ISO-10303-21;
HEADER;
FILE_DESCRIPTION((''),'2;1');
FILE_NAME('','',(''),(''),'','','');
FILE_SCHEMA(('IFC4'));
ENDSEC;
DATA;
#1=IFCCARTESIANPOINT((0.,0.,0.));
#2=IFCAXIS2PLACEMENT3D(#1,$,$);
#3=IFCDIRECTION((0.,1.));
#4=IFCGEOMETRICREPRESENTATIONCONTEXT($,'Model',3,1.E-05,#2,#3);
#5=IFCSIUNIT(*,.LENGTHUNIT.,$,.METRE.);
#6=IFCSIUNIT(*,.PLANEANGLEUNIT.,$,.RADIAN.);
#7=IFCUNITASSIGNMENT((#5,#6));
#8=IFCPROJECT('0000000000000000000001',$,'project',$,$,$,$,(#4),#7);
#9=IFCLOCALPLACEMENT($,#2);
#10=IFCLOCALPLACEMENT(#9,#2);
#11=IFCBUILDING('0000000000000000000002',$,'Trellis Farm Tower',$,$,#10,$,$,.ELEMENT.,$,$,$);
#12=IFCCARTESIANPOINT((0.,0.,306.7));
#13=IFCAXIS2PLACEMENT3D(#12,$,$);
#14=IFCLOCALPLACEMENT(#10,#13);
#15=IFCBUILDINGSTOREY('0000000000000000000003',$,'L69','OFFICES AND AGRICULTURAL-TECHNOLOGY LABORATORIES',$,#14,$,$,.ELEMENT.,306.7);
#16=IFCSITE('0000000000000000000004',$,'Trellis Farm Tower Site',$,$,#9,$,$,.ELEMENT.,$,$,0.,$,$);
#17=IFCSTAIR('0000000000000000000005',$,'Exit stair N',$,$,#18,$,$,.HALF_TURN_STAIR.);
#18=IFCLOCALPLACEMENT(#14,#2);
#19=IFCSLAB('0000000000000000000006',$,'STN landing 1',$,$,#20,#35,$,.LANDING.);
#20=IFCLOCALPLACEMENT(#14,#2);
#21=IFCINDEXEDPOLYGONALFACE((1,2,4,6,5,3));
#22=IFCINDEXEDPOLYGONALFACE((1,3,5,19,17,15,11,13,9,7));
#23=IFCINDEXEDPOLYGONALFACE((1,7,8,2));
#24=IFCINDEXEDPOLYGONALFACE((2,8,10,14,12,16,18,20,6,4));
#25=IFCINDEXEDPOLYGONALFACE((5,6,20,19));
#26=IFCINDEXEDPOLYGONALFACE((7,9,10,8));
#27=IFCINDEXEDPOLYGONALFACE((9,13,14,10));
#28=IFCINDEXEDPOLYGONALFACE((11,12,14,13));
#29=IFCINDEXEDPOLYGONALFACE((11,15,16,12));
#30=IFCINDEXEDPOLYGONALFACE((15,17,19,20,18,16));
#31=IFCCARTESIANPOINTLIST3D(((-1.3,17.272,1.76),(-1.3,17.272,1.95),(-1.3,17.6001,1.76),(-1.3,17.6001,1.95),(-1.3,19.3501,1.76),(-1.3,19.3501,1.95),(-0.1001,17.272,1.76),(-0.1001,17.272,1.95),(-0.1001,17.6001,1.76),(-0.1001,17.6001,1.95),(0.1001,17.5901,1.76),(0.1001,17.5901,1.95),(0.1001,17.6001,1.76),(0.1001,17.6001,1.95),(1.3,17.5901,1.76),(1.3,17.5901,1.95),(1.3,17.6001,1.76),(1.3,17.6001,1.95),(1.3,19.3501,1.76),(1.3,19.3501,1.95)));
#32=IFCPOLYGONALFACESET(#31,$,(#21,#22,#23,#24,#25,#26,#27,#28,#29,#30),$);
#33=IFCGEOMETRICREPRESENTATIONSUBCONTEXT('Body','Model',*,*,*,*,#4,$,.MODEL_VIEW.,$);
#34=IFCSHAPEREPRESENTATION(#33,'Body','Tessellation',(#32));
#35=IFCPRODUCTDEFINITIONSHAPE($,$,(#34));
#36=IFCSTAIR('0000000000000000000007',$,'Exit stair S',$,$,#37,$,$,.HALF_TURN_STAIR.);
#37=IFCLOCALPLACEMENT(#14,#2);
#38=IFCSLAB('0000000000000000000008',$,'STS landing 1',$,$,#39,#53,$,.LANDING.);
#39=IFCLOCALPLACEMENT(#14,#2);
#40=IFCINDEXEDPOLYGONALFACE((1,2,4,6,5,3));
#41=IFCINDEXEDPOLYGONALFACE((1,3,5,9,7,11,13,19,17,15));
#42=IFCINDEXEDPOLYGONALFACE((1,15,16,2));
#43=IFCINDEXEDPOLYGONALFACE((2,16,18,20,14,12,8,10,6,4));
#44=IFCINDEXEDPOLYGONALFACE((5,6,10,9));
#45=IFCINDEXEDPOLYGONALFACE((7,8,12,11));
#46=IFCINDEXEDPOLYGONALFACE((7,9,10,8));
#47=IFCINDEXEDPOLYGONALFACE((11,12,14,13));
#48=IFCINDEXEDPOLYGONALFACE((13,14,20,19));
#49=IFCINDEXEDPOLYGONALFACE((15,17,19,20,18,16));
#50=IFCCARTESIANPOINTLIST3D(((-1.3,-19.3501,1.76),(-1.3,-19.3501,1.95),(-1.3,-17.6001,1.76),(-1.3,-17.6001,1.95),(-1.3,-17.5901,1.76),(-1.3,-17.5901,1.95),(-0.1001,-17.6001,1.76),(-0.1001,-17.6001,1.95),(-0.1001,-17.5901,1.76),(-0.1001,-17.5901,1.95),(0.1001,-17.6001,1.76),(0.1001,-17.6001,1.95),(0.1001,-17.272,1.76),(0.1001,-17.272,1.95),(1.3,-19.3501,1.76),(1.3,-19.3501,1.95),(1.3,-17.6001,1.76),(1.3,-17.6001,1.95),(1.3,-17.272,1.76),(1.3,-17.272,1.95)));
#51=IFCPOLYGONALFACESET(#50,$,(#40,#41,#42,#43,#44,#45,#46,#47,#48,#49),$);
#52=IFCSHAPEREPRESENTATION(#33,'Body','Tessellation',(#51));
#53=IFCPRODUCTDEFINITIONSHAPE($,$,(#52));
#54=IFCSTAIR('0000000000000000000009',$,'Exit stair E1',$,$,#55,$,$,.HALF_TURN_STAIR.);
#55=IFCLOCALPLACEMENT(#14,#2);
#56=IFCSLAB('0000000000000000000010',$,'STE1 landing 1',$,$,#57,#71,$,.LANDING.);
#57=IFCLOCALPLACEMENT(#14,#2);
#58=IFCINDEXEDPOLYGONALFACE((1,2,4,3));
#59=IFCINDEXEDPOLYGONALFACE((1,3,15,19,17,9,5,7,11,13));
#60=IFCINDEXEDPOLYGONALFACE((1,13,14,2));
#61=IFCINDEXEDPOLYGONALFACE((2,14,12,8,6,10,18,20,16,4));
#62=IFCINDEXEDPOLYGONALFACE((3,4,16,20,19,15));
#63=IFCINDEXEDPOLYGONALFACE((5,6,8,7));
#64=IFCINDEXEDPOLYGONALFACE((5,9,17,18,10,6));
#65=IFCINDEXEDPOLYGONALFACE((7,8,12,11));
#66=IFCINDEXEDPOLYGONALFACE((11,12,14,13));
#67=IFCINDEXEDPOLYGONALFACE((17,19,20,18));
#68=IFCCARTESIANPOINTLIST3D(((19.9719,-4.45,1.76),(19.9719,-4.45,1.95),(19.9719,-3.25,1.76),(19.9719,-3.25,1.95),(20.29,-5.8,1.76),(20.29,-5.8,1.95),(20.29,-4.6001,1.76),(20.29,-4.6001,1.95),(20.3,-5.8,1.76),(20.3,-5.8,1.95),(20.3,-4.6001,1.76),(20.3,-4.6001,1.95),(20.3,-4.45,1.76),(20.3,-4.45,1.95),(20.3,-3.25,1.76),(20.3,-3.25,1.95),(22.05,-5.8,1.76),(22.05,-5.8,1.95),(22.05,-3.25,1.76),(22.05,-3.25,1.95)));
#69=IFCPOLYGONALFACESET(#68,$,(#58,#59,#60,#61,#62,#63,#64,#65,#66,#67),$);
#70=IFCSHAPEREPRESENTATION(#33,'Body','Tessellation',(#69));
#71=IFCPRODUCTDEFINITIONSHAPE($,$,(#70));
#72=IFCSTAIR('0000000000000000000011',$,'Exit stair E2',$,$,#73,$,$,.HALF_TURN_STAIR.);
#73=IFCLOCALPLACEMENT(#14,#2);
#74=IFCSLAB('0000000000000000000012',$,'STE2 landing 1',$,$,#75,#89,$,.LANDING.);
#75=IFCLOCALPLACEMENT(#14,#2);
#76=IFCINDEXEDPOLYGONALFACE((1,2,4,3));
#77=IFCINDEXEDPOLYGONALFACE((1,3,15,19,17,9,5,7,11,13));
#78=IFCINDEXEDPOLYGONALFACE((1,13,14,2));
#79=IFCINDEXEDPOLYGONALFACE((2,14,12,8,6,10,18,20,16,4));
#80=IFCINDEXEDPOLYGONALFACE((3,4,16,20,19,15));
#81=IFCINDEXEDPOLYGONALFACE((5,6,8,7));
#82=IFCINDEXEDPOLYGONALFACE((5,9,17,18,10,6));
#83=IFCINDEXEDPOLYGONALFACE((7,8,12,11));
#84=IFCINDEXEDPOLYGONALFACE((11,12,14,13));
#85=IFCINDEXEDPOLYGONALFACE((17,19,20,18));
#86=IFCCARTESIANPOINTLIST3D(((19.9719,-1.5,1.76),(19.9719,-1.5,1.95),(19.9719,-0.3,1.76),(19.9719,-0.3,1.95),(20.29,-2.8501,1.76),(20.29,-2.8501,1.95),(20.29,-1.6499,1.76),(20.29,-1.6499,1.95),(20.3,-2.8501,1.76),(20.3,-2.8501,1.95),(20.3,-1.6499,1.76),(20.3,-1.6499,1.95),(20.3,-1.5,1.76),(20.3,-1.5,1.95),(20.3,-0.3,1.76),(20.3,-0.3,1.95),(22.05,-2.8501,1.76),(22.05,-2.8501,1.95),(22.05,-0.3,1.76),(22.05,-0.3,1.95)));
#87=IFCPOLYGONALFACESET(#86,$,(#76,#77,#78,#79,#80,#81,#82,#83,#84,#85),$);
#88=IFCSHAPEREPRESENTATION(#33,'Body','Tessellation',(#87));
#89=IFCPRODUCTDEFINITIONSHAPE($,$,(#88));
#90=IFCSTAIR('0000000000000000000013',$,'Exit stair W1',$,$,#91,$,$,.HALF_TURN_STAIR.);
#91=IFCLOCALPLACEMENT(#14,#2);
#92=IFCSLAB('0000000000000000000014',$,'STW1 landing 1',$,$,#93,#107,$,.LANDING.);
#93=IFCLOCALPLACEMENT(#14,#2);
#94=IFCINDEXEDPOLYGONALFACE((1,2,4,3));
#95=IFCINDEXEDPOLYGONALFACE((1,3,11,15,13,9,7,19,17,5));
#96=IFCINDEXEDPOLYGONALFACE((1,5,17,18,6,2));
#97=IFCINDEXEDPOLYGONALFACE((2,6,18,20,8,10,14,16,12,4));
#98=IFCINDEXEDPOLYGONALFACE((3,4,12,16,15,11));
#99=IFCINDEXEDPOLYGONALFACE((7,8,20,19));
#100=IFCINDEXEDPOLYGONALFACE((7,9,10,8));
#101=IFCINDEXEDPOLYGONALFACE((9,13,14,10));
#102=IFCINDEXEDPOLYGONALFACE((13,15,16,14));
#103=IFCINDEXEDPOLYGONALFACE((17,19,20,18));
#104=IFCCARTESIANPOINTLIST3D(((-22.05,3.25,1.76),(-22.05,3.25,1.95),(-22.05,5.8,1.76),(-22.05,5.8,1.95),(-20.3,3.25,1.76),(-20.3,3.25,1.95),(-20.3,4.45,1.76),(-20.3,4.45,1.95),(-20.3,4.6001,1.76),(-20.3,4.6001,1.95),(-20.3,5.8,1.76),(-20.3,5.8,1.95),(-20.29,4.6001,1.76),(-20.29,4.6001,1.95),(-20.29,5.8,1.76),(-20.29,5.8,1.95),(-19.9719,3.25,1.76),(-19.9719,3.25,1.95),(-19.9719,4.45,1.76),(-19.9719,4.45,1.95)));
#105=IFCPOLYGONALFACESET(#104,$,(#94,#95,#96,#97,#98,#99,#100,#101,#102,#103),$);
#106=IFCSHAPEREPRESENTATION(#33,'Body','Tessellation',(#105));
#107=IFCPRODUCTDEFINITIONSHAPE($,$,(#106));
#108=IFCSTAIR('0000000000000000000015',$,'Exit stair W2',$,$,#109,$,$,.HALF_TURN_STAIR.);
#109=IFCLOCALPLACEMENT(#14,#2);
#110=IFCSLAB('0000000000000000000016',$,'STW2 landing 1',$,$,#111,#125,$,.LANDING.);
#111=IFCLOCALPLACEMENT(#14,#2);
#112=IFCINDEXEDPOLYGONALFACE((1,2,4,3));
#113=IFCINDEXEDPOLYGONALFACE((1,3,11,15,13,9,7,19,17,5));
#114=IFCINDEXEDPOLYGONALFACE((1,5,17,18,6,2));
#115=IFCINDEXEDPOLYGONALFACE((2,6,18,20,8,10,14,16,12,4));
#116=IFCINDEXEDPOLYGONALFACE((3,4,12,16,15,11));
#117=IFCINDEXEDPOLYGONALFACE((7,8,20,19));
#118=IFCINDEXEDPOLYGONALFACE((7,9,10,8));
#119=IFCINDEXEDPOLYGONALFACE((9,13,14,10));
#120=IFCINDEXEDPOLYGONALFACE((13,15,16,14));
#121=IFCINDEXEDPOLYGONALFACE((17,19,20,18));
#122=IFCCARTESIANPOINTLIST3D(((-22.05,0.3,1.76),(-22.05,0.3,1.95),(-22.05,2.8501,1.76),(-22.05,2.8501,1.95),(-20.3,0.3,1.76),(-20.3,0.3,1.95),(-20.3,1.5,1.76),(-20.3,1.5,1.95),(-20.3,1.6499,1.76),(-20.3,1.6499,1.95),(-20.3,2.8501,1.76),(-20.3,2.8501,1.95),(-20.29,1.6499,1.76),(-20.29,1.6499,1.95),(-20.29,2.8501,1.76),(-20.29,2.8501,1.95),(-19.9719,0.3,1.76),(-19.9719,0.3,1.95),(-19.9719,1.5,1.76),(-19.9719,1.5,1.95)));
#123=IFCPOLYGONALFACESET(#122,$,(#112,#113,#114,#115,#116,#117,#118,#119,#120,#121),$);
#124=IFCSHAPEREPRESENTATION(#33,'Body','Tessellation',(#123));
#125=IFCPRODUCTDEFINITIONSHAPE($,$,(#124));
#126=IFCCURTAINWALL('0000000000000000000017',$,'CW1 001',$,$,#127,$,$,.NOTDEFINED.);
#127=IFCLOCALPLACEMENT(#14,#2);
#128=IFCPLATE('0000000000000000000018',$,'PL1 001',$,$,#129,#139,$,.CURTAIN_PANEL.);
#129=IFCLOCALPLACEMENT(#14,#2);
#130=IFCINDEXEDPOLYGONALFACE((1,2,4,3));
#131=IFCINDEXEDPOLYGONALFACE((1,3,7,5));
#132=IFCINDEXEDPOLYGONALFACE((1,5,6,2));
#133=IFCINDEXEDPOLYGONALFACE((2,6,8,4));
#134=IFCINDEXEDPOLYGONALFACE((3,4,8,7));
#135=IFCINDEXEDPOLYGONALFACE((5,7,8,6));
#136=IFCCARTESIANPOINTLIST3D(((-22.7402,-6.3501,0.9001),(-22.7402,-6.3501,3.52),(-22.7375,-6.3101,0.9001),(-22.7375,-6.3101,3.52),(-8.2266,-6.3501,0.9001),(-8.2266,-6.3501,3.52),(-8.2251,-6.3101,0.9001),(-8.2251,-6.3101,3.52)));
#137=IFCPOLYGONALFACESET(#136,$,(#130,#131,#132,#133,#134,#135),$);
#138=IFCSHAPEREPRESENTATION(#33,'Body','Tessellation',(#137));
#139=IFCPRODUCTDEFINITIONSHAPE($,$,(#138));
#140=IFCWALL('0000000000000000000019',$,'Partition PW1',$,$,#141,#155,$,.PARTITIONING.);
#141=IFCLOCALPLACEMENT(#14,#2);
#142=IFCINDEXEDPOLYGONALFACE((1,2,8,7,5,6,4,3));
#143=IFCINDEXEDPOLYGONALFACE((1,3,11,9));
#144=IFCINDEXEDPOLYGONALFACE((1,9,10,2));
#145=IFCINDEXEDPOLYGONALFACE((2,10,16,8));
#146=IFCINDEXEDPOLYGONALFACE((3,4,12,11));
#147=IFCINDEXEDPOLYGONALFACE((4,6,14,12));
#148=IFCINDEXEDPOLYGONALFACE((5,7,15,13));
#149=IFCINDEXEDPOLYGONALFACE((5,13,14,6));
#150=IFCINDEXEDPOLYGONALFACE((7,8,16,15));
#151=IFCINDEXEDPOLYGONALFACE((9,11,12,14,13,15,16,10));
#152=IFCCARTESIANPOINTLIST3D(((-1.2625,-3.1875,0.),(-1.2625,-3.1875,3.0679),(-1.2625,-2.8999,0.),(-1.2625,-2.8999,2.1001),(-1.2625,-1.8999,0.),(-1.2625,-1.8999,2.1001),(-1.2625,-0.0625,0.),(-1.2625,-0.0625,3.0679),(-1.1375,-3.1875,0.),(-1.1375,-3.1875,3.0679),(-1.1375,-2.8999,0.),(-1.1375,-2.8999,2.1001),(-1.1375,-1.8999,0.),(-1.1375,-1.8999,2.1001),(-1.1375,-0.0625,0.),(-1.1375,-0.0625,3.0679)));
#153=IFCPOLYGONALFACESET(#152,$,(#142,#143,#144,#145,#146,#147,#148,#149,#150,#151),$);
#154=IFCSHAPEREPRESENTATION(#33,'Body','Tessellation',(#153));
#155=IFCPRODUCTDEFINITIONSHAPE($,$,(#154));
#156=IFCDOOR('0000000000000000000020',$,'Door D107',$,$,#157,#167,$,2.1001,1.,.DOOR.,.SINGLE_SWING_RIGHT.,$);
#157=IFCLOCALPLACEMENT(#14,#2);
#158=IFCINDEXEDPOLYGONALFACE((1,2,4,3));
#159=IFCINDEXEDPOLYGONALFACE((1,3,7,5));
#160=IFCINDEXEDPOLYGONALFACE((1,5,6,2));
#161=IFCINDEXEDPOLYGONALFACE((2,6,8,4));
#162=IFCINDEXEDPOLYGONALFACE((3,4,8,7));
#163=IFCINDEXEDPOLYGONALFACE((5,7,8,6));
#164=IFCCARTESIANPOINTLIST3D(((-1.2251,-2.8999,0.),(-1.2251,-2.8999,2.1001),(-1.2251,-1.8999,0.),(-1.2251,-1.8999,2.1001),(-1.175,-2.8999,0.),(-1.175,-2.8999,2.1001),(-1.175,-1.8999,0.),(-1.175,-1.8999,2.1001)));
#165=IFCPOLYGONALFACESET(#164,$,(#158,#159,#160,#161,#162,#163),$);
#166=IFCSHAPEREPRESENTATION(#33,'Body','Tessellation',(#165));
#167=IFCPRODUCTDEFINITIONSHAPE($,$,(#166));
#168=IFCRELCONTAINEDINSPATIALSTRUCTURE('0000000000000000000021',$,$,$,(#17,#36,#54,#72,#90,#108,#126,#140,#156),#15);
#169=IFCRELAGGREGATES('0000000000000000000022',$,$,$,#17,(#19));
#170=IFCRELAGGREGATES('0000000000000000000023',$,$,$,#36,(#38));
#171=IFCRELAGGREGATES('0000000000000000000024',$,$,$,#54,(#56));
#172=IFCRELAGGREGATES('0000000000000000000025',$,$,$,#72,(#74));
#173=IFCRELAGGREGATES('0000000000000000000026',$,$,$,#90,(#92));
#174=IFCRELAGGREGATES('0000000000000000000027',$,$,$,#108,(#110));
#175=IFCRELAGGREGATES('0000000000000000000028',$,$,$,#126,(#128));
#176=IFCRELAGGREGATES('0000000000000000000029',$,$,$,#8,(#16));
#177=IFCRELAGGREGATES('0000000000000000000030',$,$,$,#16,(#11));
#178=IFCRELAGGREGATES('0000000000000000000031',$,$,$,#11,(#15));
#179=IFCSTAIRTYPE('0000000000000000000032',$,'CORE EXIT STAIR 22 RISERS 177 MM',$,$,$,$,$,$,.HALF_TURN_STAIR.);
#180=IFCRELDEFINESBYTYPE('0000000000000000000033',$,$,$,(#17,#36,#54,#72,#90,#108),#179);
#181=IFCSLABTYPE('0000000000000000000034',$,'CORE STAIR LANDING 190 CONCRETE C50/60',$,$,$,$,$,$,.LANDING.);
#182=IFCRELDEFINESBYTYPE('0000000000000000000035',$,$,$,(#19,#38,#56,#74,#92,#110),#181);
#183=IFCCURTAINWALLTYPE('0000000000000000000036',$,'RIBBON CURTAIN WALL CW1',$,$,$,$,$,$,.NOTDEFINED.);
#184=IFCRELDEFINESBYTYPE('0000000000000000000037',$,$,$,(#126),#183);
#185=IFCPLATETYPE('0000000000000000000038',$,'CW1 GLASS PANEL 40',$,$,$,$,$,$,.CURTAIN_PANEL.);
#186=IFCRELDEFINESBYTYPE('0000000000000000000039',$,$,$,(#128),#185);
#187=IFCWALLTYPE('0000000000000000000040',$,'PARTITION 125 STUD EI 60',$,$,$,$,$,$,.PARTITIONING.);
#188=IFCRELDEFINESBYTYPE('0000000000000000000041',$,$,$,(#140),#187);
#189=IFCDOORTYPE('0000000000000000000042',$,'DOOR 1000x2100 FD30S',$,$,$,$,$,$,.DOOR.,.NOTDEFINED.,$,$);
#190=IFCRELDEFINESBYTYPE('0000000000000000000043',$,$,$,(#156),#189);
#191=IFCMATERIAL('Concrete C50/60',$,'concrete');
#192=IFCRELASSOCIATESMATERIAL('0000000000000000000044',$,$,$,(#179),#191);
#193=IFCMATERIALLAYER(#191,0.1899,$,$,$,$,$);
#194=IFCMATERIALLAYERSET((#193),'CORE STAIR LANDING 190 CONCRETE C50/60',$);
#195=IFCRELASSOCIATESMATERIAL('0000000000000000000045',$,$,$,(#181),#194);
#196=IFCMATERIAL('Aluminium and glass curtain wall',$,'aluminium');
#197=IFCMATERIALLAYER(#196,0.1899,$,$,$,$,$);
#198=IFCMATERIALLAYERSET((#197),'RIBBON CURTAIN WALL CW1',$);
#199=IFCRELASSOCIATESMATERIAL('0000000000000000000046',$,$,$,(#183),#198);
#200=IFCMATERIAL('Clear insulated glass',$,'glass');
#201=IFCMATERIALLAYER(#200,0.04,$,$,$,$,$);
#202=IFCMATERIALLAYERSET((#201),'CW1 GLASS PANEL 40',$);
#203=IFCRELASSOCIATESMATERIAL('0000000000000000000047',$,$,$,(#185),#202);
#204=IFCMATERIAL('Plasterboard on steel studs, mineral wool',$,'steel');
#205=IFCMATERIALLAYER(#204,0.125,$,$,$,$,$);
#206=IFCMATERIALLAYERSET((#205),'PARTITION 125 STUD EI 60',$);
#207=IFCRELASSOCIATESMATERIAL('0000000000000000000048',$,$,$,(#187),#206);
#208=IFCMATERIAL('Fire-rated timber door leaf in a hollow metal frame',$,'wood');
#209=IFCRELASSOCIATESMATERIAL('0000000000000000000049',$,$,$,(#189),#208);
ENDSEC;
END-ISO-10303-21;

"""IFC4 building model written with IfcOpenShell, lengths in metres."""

from ifc_helpers import new_model, si_unit, direction, frame, frame_2d, origin, place, context, subcontext, project, spatial, polyline, rectangle, outline, extrude, source, transform, mapped, material, layer, layer_set, type_object, element, fill, aggregate, save


model = new_model("IFC4")

# Units and contexts
model_context = context("Model", 3, precision=1e-05, world=origin(), true_north=direction((0.0, 1.0)))
body_context = subcontext(model_context, "Body", "Model", "MODEL_VIEW")
ifc_project = project(units=[si_unit("LENGTHUNIT", "METRE"), si_unit("PLANEANGLEUNIT", "RADIAN")], contexts=[model_context])

# Site, building, storey
site_placement = place(None, origin())
site = spatial("IfcSite", under=ifc_project, at=site_placement, Name="Trellis Farm Tower Site", CompositionType="ELEMENT", RefElevation=0.0)
building_placement = place(site_placement, origin())
building = spatial("IfcBuilding", under=site, at=building_placement, Name="Trellis Farm Tower", CompositionType="ELEMENT")
storey_placement = place(building_placement, frame((0.0, 0.0, 306.7)))
storey = spatial("IfcBuildingStorey", under=building, at=storey_placement, Name="L69", Description="OFFICES AND AGRICULTURAL-TECHNOLOGY LABORATORIES", CompositionType="ELEMENT", Elevation=306.7)

# Stairs, slabs
ifc_material_1 = material(Name="Concrete C50/60", Category="concrete")
stair_type = type_object("IfcStairType", Name="CORE EXIT STAIR 22 RISERS 177 MM", PredefinedType="HALF_TURN_STAIR", material=ifc_material_1)
placement_1 = place(storey_placement, origin())
stair_1 = element("IfcStair", 1, at=placement_1, inside=storey, type_object=stair_type, Name="Exit stair N", PredefinedType="HALF_TURN_STAIR")
ifc_layer_1 = layer(ifc_material_1, 0.1899)
ifc_layer_set_1 = layer_set([ifc_layer_1], Name="CORE STAIR LANDING 190 CONCRETE C50/60")
slab_type_1 = type_object("IfcSlabType", Name="CORE STAIR LANDING 190 CONCRETE C50/60", PredefinedType="LANDING", material=ifc_layer_set_1)
shared_shape_1 = source(origin(), body_context, "Body", "SweptSolid", [
    extrude(outline(polyline([(-0.1001, 17.272), (-1.3, 17.272), (-1.3, 17.6001), (-1.3, 19.3501), (1.3, 19.3501), (1.3, 17.6001), (1.3, 17.5901), (0.1001, 17.5901), (0.1001, 17.6001), (-0.1001, 17.6001), (-0.1001, 17.272)])), origin(), (0.0, 0.0, 1.0), 0.1899),
])
placement_2 = place(storey_placement, frame((0.0, 0.0, 1.76)))
slab_1 = element("IfcSlab", 2, at=placement_2, type_object=slab_type_1, Name="STN landing 1", PredefinedType="LANDING", context=body_context, shape_type="MappedRepresentation", body=[
    mapped(shared_shape_1, transform((0.0, 0.0, 0.0))),
])
aggregate(stair_1, [slab_1])
stair_2 = element("IfcStair", 3, at=placement_1, inside=storey, type_object=stair_type, Name="Exit stair S", PredefinedType="HALF_TURN_STAIR")
shared_shape_2 = source(origin(), body_context, "Body", "SweptSolid", [
    extrude(outline(polyline([(1.3, -19.3501), (-1.3, -19.3501), (-1.3, -17.6001), (-1.3, -17.5901), (-0.1001, -17.5901), (-0.1001, -17.6001), (0.1001, -17.6001), (0.1001, -17.272), (1.3, -17.272), (1.3, -17.6001), (1.3, -19.3501)])), origin(), (0.0, 0.0, 1.0), 0.1899),
])
slab_2 = element("IfcSlab", 4, at=placement_2, type_object=slab_type_1, Name="STS landing 1", PredefinedType="LANDING", context=body_context, shape_type="MappedRepresentation", body=[
    mapped(shared_shape_2, transform((0.0, 0.0, 0.0))),
])
aggregate(stair_2, [slab_2])
stair_3 = element("IfcStair", 5, at=placement_1, inside=storey, type_object=stair_type, Name="Exit stair E1", PredefinedType="HALF_TURN_STAIR")
shared_shape_3 = source(origin(), body_context, "Body", "SweptSolid", [
    extrude(outline(polyline([(20.29, -5.8), (20.29, -4.6001), (20.3, -4.6001), (20.3, -4.45), (19.9719, -4.45), (19.9719, -3.25), (20.3, -3.25), (22.05, -3.25), (22.05, -5.8), (20.3, -5.8), (20.29, -5.8)])), origin(), (0.0, 0.0, 1.0), 0.1899),
])
slab_3 = element("IfcSlab", 6, at=placement_2, type_object=slab_type_1, Name="STE1 landing 1", PredefinedType="LANDING", context=body_context, shape_type="MappedRepresentation", body=[
    mapped(shared_shape_3, transform((0.0, 0.0, 0.0))),
])
aggregate(stair_3, [slab_3])
stair_4 = element("IfcStair", 7, at=placement_1, inside=storey, type_object=stair_type, Name="Exit stair E2", PredefinedType="HALF_TURN_STAIR")
shared_shape_4 = source(origin(), body_context, "Body", "SweptSolid", [
    extrude(outline(polyline([(20.29, -2.8501), (20.29, -1.6499), (20.3, -1.6499), (20.3, -1.5), (19.9719, -1.5), (19.9719, -0.3), (20.3, -0.3), (22.05, -0.3), (22.05, -2.8501), (20.3, -2.8501), (20.29, -2.8501)])), origin(), (0.0, 0.0, 1.0), 0.1899),
])
slab_4 = element("IfcSlab", 8, at=placement_2, type_object=slab_type_1, Name="STE2 landing 1", PredefinedType="LANDING", context=body_context, shape_type="MappedRepresentation", body=[
    mapped(shared_shape_4, transform((0.0, 0.0, 0.0))),
])
aggregate(stair_4, [slab_4])
stair_5 = element("IfcStair", 9, at=placement_1, inside=storey, type_object=stair_type, Name="Exit stair W1", PredefinedType="HALF_TURN_STAIR")
shared_shape_5 = source(origin(), body_context, "Body", "SweptSolid", [
    extrude(outline(polyline([(-19.9719, 4.45), (-19.9719, 3.25), (-20.3, 3.25), (-22.05, 3.25), (-22.05, 5.8), (-20.3, 5.8), (-20.29, 5.8), (-20.29, 4.6001), (-20.3, 4.6001), (-20.3, 4.45), (-19.9719, 4.45)])), origin(), (0.0, 0.0, 1.0), 0.1899),
])
slab_5 = element("IfcSlab", 10, at=placement_2, type_object=slab_type_1, Name="STW1 landing 1", PredefinedType="LANDING", context=body_context, shape_type="MappedRepresentation", body=[
    mapped(shared_shape_5, transform((0.0, 0.0, 0.0))),
])
aggregate(stair_5, [slab_5])
stair_6 = element("IfcStair", 11, at=placement_1, inside=storey, type_object=stair_type, Name="Exit stair W2", PredefinedType="HALF_TURN_STAIR")
shared_shape_6 = source(origin(), body_context, "Body", "SweptSolid", [
    extrude(outline(polyline([(-19.9719, 1.5), (-19.9719, 0.3), (-20.3, 0.3), (-22.05, 0.3), (-22.05, 2.8501), (-20.3, 2.8501), (-20.29, 2.8501), (-20.29, 1.6499), (-20.3, 1.6499), (-20.3, 1.5), (-19.9719, 1.5)])), origin(), (0.0, 0.0, 1.0), 0.1899),
])
slab_6 = element("IfcSlab", 12, at=placement_2, type_object=slab_type_1, Name="STW2 landing 1", PredefinedType="LANDING", context=body_context, shape_type="MappedRepresentation", body=[
    mapped(shared_shape_6, transform((0.0, 0.0, 0.0))),
])
aggregate(stair_6, [slab_6])

# Curtain wall, plate
ifc_material_2 = material(Name="Aluminium and glass curtain wall", Category="aluminium")
ifc_layer_2 = layer(ifc_material_2, 0.1899)
ifc_layer_set_2 = layer_set([ifc_layer_2], Name="RIBBON CURTAIN WALL CW1")
curtain_wall_type = type_object("IfcCurtainWallType", Name="RIBBON CURTAIN WALL CW1", PredefinedType="NOTDEFINED", material=ifc_layer_set_2)
curtain_wall = element("IfcCurtainWall", 13, at=placement_1, inside=storey, type_object=curtain_wall_type, Name="CW1 001", PredefinedType="NOTDEFINED")
ifc_material_3 = material(Name="Clear insulated glass", Category="glass")
ifc_layer_3 = layer(ifc_material_3, 0.04)
ifc_layer_set_3 = layer_set([ifc_layer_3], Name="CW1 GLASS PANEL 40")
plate_type = type_object("IfcPlateType", Name="CW1 GLASS PANEL 40", PredefinedType="CURTAIN_PANEL", material=ifc_layer_set_3)
shared_shape_7 = source(origin(), body_context, "Body", "SweptSolid", [
    extrude(outline(polyline([(-22.7402, -6.3501), (-8.2266, -6.3501), (-8.2251, -6.3101), (-22.7375, -6.3101), (-22.7402, -6.3501)])), origin(), (0.0, 0.0, 1.0), 2.6199),
])
plate_placement = place(storey_placement, frame((0.0, 0.0, 0.9001)))
plate = element("IfcPlate", 14, at=plate_placement, type_object=plate_type, Name="PL1 001", PredefinedType="CURTAIN_PANEL", context=body_context, shape_type="MappedRepresentation", body=[
    mapped(shared_shape_7, transform((0.0, 0.0, 0.0))),
])
aggregate(curtain_wall, [plate])

# Wall, opening, door
ifc_material_4 = material(Name="Plasterboard on steel studs, mineral wool", Category="steel")
ifc_layer_4 = layer(ifc_material_4, 0.125)
ifc_layer_set_4 = layer_set([ifc_layer_4], Name="PARTITION 125 STUD EI 60")
wall_type_1 = type_object("IfcWallType", Name="PARTITION 125 STUD EI 60", PredefinedType="PARTITIONING", material=ifc_layer_set_4)
shared_shape_8 = source(origin(), body_context, "Body", "SweptSolid", [
    extrude(rectangle(XDim=3.125, YDim=0.125, at=frame_2d((1.5625, 0.0))), origin(), (0.0, 0.0, 1.0), 3.0679),
])
wall_1_placement = place(storey_placement, frame((-1.2, -0.0625, 0.0), z_axis=(0.0, 0.0, 1.0), x_axis=(0.0, -1.0, 0.0)))
wall_1 = element("IfcWall", 15, at=wall_1_placement, inside=storey, type_object=wall_type_1, Name="Partition PW1", PredefinedType="PARTITIONING", context=body_context, shape_type="MappedRepresentation", body=[
    mapped(shared_shape_8, transform((0.0, 0.0, 0.0))),
])
shared_shape_9 = source(origin(), body_context, "Body", "SweptSolid", [
    extrude(rectangle(XDim=1.0, YDim=2.1001, at=frame_2d((0.5, 1.05))), frame((0.0, 0.0725, 0.0), z_axis=(0.0, -1.0, 0.0), x_axis=(1.0, 0.0, 0.0)), (0.0, 0.0, 1.0), 0.145),
])
opening_1_placement = place(wall_1_placement, frame((1.8374, 0.0, 0.0)))
opening_1 = element("IfcOpeningElement", 16, at=opening_1_placement, cuts=wall_1, PredefinedType="OPENING", context=body_context, shape_type="MappedRepresentation", body=[
    mapped(shared_shape_9, transform((0.0, 0.0, 0.0))),
])
ifc_material_5 = material(Name="Fire-rated timber door leaf in a hollow metal frame", Category="wood")
door_type = type_object("IfcDoorType", Name="DOOR 1000x2100 FD30S", OperationType="NOTDEFINED", PredefinedType="DOOR", material=ifc_material_5)
shared_shape_10 = source(origin(), body_context, "Body", "SweptSolid", [
    extrude(rectangle(XDim=1.0, YDim=2.1001, at=frame_2d((0.5, 1.05))), frame((0.0, 0.0249, 0.0), z_axis=(0.0, -1.0, 0.0), x_axis=(1.0, 0.0, 0.0)), (0.0, 0.0, 1.0), 0.05),
])
door_1_placement = place(opening_1_placement, origin())
door_1 = element("IfcDoor", 17, at=door_1_placement, inside=storey, type_object=door_type, Name="Door D107", OperationType="SINGLE_SWING_RIGHT", OverallHeight=2.1001, OverallWidth=1.0, PredefinedType="DOOR", context=body_context, shape_type="MappedRepresentation", body=[
    mapped(shared_shape_10, transform((0.0, 0.0, 0.0))),
])
fill(opening_1, door_1)

save(model, "model.ifc")
